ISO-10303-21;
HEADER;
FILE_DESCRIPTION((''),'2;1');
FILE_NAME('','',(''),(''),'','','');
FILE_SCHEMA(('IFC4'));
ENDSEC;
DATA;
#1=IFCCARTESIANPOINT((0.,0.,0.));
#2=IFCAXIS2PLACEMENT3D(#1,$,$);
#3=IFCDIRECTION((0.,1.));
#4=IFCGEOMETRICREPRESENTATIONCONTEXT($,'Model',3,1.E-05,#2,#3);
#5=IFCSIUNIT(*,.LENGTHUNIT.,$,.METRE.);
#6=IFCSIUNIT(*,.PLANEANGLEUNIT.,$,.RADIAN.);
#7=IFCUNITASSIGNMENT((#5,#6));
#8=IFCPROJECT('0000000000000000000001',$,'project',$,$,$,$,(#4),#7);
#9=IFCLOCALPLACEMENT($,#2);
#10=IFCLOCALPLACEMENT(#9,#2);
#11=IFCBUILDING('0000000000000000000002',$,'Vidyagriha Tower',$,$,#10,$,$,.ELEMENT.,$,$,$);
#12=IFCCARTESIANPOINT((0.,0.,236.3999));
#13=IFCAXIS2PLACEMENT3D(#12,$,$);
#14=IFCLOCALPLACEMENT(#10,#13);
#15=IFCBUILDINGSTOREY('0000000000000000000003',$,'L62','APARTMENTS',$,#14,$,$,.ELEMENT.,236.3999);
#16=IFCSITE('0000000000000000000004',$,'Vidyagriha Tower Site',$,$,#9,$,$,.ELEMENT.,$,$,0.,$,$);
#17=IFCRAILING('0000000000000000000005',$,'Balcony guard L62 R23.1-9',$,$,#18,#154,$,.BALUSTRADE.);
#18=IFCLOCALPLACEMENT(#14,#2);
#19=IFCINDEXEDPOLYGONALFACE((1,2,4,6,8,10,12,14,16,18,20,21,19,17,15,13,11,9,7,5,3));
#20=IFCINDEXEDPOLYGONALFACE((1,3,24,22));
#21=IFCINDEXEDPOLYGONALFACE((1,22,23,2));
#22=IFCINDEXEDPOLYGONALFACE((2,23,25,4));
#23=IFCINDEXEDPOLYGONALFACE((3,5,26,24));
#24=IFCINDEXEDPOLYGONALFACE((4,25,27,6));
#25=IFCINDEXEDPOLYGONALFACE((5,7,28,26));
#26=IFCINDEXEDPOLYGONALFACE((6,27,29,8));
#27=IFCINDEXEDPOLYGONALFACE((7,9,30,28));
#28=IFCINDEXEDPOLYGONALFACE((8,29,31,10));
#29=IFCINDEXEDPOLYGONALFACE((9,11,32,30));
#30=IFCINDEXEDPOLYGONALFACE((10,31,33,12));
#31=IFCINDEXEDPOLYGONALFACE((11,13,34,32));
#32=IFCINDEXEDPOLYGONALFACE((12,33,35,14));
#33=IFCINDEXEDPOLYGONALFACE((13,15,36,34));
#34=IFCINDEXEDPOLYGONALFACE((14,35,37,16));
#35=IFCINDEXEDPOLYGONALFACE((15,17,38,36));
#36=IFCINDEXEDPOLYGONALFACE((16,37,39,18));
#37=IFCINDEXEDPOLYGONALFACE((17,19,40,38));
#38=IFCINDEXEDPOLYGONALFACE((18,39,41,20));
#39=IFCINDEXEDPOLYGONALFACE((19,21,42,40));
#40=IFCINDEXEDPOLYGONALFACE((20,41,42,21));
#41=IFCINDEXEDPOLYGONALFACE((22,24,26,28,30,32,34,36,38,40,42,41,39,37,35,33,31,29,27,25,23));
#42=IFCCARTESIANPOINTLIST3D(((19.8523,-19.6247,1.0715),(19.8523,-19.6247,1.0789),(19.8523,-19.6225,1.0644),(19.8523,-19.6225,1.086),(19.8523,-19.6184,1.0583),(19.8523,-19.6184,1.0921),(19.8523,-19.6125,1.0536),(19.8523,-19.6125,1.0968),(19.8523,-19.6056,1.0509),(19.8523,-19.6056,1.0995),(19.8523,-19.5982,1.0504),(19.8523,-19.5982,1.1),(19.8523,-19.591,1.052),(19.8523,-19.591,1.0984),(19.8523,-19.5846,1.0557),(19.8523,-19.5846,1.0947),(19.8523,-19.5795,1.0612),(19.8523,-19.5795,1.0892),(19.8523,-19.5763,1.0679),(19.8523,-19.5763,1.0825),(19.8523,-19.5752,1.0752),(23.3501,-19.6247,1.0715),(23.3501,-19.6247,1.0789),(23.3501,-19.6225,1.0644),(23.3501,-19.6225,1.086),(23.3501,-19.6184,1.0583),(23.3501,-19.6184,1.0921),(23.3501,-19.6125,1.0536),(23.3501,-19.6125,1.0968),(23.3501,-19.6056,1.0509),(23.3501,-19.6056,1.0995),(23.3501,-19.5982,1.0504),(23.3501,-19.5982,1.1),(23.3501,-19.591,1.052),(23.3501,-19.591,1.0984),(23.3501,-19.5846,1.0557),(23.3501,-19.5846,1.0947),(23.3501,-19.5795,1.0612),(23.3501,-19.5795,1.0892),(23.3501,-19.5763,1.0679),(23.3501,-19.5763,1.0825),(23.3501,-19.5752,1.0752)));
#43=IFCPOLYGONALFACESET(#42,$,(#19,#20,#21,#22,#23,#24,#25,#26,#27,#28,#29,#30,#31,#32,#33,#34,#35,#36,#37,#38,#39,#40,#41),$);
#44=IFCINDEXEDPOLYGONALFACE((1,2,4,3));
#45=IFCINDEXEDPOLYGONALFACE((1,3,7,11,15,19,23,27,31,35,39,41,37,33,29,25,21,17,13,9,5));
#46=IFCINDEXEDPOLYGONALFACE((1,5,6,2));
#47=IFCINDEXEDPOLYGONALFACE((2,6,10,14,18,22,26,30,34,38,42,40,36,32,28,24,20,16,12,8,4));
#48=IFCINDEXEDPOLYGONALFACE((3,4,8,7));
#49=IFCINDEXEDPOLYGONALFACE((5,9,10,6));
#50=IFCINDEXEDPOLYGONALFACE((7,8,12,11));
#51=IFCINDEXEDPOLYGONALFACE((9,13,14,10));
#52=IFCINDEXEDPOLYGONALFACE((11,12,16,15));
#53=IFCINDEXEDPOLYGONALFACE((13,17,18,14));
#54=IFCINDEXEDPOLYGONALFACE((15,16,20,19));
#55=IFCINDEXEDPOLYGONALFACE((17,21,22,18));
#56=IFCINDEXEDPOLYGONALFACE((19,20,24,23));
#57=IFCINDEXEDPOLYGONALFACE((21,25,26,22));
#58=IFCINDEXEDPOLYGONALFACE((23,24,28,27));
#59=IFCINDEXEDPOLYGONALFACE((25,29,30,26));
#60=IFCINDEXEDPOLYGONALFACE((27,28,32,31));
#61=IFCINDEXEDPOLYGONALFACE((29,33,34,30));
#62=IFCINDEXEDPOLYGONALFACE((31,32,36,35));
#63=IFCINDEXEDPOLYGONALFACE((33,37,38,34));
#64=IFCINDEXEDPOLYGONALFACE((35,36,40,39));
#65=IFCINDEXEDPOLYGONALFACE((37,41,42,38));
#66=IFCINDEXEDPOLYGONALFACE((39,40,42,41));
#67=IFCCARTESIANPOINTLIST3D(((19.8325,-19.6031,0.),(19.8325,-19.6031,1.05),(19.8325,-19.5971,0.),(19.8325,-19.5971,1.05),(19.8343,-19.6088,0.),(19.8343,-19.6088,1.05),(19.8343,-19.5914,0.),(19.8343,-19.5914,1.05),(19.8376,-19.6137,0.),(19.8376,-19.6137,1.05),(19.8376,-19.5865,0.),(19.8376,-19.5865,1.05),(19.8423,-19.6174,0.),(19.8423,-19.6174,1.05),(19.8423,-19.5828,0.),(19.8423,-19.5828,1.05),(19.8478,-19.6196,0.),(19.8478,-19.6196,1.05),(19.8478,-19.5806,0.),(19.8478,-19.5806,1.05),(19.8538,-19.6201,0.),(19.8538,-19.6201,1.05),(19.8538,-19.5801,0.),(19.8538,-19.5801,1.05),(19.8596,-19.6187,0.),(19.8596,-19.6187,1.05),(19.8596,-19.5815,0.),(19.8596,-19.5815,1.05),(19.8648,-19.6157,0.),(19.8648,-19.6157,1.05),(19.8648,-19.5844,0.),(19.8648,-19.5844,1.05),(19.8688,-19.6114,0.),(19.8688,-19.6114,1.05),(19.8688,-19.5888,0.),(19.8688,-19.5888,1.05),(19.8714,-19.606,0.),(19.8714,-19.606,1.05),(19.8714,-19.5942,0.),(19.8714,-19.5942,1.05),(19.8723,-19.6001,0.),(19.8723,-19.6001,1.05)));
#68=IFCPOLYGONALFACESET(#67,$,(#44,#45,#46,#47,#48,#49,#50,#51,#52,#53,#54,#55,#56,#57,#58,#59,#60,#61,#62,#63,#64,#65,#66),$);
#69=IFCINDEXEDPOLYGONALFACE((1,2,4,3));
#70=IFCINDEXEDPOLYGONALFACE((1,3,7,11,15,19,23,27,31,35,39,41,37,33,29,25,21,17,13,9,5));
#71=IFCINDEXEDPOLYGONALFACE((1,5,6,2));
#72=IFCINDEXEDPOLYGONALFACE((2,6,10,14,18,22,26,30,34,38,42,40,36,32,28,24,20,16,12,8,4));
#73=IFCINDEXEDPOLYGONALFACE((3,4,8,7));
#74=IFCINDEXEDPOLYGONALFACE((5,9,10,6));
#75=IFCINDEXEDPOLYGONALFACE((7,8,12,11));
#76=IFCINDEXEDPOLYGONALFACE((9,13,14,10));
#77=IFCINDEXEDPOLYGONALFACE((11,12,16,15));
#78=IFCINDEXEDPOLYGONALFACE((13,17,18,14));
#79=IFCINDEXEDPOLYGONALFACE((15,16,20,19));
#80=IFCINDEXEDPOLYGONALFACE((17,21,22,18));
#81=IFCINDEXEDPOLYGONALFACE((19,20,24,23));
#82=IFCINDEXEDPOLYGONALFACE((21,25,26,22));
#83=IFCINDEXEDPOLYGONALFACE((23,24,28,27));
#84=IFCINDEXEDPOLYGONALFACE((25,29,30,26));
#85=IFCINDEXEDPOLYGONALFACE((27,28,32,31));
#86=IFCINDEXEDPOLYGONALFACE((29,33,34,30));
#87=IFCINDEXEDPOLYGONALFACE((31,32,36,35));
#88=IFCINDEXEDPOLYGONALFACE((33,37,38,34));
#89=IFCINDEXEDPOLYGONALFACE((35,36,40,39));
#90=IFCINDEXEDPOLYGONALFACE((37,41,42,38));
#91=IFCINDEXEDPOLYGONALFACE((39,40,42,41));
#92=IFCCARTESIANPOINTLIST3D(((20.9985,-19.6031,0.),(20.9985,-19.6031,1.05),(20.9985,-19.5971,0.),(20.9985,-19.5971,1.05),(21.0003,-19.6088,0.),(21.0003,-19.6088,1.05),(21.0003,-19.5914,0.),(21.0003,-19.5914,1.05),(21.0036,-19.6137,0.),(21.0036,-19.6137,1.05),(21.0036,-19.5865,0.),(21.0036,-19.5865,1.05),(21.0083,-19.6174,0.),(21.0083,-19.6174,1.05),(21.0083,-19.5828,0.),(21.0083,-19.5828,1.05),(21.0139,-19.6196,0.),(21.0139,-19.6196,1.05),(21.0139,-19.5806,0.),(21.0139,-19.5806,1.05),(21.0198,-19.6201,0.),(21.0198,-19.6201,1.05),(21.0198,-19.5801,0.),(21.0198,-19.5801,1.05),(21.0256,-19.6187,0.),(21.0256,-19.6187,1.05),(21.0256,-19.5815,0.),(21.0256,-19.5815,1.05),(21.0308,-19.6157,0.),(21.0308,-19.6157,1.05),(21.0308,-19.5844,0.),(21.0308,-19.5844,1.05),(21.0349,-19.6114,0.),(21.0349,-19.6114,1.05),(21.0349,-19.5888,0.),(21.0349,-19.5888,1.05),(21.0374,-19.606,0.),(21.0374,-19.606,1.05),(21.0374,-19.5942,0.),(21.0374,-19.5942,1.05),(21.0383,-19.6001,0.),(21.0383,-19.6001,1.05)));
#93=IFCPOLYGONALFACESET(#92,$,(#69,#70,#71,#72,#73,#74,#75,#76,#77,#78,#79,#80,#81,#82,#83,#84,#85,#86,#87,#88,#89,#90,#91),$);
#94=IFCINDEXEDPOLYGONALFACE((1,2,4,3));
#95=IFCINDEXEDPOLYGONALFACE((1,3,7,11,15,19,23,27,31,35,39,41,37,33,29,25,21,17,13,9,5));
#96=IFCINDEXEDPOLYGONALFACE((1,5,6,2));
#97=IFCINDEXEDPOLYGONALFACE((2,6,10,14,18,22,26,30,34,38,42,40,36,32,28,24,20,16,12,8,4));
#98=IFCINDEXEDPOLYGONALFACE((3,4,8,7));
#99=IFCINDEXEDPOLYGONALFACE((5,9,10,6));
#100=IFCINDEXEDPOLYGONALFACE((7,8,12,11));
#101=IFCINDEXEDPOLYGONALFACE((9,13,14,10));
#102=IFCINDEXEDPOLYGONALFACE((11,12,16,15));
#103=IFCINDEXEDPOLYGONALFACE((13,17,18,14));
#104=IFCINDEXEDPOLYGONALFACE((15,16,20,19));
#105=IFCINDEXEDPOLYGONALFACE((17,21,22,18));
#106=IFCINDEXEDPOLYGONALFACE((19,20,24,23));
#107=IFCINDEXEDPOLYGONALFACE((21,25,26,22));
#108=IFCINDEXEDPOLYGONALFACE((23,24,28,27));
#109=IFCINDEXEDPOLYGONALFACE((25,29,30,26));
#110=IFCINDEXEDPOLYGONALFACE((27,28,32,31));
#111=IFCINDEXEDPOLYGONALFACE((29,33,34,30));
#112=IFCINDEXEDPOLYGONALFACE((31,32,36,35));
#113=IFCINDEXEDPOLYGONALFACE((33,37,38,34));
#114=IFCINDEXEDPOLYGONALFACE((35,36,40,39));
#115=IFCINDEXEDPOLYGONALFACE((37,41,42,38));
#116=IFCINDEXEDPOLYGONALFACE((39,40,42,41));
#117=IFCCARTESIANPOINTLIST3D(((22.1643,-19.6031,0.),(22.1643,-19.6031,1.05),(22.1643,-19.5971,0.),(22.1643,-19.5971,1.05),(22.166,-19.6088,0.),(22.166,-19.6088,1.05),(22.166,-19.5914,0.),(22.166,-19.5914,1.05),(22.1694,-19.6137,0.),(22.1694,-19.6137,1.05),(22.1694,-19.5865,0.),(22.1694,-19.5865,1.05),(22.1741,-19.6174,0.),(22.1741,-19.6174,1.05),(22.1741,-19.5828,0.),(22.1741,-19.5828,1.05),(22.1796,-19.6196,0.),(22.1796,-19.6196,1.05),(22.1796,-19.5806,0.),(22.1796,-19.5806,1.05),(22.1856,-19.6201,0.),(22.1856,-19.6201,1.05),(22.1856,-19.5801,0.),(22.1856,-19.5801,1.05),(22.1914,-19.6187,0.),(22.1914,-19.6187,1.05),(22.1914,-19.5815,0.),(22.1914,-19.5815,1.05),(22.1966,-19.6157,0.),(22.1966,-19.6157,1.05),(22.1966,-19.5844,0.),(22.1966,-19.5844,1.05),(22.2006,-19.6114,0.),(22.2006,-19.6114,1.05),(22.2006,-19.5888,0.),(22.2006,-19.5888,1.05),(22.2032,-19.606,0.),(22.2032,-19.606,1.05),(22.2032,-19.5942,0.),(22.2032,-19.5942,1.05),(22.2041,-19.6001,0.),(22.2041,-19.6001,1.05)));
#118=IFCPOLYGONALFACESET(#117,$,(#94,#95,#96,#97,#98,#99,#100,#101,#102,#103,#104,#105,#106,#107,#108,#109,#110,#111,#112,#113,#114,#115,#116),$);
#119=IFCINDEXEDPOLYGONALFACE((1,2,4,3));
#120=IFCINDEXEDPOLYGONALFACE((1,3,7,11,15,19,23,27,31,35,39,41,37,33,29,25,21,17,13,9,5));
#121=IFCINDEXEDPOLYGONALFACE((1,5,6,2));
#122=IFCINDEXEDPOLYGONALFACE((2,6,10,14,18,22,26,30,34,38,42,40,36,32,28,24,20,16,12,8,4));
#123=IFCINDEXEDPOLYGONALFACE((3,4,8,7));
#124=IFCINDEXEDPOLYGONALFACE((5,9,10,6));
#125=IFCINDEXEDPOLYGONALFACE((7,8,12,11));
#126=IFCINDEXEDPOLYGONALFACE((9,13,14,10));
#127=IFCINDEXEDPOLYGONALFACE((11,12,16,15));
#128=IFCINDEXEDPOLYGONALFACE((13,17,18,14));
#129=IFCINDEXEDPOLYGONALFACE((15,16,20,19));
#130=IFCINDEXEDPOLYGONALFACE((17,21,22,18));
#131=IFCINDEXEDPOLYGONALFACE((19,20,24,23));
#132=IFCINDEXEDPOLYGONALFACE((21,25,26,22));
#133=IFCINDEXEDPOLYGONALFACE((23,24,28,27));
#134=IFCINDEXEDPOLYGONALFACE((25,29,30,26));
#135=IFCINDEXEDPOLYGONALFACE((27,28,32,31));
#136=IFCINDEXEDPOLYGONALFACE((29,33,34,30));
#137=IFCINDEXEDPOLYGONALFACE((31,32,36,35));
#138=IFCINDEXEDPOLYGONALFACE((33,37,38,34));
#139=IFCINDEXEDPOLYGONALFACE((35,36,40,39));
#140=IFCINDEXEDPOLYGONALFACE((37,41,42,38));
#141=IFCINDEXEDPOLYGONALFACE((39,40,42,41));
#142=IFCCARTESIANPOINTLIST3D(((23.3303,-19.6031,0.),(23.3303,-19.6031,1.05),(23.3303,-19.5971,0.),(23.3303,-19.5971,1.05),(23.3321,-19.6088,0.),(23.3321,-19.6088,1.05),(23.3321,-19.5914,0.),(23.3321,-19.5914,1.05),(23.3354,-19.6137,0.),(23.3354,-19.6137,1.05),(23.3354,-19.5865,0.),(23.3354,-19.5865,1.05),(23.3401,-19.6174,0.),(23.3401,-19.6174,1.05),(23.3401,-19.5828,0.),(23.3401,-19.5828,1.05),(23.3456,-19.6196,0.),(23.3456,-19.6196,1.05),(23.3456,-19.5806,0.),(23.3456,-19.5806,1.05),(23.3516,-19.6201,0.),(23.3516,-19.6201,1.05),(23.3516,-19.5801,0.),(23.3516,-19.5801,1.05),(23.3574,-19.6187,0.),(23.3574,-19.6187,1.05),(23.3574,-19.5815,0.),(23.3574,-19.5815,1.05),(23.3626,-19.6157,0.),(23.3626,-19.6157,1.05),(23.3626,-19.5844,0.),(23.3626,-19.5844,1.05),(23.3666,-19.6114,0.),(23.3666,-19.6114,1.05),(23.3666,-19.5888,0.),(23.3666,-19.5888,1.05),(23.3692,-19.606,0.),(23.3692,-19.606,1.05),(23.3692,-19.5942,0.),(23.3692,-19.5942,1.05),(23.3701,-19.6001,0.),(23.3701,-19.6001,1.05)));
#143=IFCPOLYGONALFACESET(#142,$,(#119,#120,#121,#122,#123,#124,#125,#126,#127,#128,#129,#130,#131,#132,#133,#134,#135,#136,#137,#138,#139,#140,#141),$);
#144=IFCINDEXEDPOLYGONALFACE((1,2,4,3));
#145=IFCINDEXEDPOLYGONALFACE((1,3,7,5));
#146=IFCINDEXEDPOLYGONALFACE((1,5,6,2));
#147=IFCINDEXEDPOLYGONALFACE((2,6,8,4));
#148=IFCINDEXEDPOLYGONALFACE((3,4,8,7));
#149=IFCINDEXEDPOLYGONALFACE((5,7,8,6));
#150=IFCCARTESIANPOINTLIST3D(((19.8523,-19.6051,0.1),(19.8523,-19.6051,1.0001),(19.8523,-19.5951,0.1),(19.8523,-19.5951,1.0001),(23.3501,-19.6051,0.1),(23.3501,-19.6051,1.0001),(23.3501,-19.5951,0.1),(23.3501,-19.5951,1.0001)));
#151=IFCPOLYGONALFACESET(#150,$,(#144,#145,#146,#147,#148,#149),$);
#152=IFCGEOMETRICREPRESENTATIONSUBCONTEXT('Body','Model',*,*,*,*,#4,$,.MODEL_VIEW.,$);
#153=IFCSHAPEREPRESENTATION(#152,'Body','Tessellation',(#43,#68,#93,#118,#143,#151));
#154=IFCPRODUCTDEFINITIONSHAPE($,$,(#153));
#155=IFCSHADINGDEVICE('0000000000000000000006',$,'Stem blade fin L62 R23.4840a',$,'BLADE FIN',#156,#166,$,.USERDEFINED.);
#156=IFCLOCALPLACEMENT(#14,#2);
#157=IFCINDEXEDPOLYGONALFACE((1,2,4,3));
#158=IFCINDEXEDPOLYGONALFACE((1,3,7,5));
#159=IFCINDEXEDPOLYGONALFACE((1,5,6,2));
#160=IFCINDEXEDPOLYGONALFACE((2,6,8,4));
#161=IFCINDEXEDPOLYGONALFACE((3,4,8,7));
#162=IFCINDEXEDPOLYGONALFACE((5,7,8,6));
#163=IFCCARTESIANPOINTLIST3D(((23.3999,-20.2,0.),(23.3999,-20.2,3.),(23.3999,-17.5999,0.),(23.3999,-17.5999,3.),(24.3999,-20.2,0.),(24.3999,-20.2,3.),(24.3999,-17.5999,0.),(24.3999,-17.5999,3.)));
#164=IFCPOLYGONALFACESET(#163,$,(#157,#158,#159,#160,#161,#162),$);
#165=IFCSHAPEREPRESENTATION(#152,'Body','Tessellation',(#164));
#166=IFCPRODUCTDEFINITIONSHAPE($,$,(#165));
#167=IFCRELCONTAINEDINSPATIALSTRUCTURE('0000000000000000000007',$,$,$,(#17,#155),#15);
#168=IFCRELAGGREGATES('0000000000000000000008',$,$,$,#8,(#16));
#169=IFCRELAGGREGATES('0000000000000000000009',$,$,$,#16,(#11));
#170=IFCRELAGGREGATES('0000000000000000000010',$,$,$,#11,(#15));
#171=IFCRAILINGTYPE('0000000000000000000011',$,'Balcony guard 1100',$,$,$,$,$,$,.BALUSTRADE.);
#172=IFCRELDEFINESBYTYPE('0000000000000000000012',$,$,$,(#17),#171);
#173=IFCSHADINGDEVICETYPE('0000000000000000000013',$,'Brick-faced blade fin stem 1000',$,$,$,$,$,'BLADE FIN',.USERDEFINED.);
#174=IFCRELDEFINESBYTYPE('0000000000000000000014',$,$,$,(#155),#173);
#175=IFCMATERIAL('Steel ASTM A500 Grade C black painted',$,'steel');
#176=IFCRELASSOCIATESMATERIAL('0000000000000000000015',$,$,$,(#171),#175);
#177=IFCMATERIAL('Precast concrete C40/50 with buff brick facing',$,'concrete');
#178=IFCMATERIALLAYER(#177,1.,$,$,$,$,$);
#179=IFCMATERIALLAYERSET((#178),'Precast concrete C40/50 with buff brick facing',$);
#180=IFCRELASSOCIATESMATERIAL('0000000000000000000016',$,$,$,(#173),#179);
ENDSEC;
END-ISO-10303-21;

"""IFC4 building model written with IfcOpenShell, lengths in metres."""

from ifc_helpers import new_model, si_unit, direction, frame, origin, origin_2d, place, context, subcontext, project, spatial, polyline, rectangle, circle, outline, extrude, material, layer, layer_set, type_object, element, save


model = new_model("IFC4")

# Units and contexts
model_context = context("Model", 3, precision=1e-05, world=origin(), true_north=direction((0.0, 1.0)))
body_context = subcontext(model_context, "Body", "Model", "MODEL_VIEW")
ifc_project = project(units=[si_unit("LENGTHUNIT", "METRE"), si_unit("PLANEANGLEUNIT", "RADIAN")], contexts=[model_context])

# Site, building, storey
site_placement = place(None, origin())
site = spatial("IfcSite", under=ifc_project, at=site_placement, Name="Vidyagriha Tower Site", CompositionType="ELEMENT", RefElevation=0.0)
building_placement = place(site_placement, origin())
building = spatial("IfcBuilding", under=site, at=building_placement, Name="Vidyagriha Tower", CompositionType="ELEMENT")
storey_placement = place(building_placement, frame((0.0, 0.0, 236.3999)))
storey = spatial("IfcBuildingStorey", under=building, at=storey_placement, Name="L62", Description="APARTMENTS", CompositionType="ELEMENT", Elevation=236.3999)

# Railing
ifc_material_1 = material(Name="Steel ASTM A500 Grade C black painted", Category="steel")
railing_type_1 = type_object("IfcRailingType", Name="Balcony guard 1100", PredefinedType="BALUSTRADE", material=ifc_material_1)
railing_1_placement = place(storey_placement, frame((19.8523, -19.6001, 0.0)))
element("IfcRailing", 1, at=railing_1_placement, inside=storey, type_object=railing_type_1, Name="Balcony guard L62 R23.1-9", PredefinedType="BALUSTRADE", context=body_context, shape_type="SweptSolid", body=[
    extrude(circle(Radius=0.0249, at=origin_2d()), frame((0.0, 0.0, 1.0752), z_axis=(1.0, 0.0, 0.0), x_axis=(0.0, 1.0, 0.0)), (0.0, 0.0, 1.0), 3.4978),
    extrude(circle(Radius=0.02, at=origin_2d()), origin(), (0.0, 0.0, 1.0), 1.05),
    extrude(circle(Radius=0.02, at=origin_2d()), frame((1.166, 0.0, 0.0)), (0.0, 0.0, 1.0), 1.05),
    extrude(circle(Radius=0.02, at=origin_2d()), frame((2.3318, 0.0, 0.0)), (0.0, 0.0, 1.0), 1.05),
    extrude(circle(Radius=0.02, at=origin_2d()), frame((3.4978, 0.0, 0.0)), (0.0, 0.0, 1.0), 1.05),
    extrude(rectangle(XDim=0.01, YDim=0.9001, at=origin_2d()), frame((0.0, 0.0, 0.55), z_axis=(1.0, 0.0, 0.0), x_axis=(0.0, 1.0, 0.0)), (0.0, 0.0, 1.0), 3.4978),
])

# Shading device
ifc_material_2 = material(Name="Precast concrete C40/50 with buff brick facing", Category="concrete")
ifc_layer_1 = layer(ifc_material_2, 1.0)
ifc_layer_set_1 = layer_set([ifc_layer_1], Name="Precast concrete C40/50 with buff brick facing")
shading_device_type = type_object("IfcShadingDeviceType", Name="Brick-faced blade fin stem 1000", ElementType="BLADE FIN", PredefinedType="USERDEFINED", material=ifc_layer_set_1)
shading_device_placement = place(storey_placement, frame((23.3999, -18.8999, 0.0)))
element("IfcShadingDevice", 2, at=shading_device_placement, inside=storey, type_object=shading_device_type, Name="Stem blade fin L62 R23.4840a", ObjectType="BLADE FIN", PredefinedType="USERDEFINED", context=body_context, shape_type="SweptSolid", body=[
    extrude(outline(polyline([(0.0, 0.0), (1.0, 0.0), (1.0, 3.0), (0.0, 3.0), (0.0, 0.0)])), frame((0.0, 1.3, 0.0), z_axis=(0.0, -1.0, 0.0), x_axis=(1.0, 0.0, 0.0)), (0.0, 0.0, 1.0), 2.6001),
])

save(model, "model.ifc")
